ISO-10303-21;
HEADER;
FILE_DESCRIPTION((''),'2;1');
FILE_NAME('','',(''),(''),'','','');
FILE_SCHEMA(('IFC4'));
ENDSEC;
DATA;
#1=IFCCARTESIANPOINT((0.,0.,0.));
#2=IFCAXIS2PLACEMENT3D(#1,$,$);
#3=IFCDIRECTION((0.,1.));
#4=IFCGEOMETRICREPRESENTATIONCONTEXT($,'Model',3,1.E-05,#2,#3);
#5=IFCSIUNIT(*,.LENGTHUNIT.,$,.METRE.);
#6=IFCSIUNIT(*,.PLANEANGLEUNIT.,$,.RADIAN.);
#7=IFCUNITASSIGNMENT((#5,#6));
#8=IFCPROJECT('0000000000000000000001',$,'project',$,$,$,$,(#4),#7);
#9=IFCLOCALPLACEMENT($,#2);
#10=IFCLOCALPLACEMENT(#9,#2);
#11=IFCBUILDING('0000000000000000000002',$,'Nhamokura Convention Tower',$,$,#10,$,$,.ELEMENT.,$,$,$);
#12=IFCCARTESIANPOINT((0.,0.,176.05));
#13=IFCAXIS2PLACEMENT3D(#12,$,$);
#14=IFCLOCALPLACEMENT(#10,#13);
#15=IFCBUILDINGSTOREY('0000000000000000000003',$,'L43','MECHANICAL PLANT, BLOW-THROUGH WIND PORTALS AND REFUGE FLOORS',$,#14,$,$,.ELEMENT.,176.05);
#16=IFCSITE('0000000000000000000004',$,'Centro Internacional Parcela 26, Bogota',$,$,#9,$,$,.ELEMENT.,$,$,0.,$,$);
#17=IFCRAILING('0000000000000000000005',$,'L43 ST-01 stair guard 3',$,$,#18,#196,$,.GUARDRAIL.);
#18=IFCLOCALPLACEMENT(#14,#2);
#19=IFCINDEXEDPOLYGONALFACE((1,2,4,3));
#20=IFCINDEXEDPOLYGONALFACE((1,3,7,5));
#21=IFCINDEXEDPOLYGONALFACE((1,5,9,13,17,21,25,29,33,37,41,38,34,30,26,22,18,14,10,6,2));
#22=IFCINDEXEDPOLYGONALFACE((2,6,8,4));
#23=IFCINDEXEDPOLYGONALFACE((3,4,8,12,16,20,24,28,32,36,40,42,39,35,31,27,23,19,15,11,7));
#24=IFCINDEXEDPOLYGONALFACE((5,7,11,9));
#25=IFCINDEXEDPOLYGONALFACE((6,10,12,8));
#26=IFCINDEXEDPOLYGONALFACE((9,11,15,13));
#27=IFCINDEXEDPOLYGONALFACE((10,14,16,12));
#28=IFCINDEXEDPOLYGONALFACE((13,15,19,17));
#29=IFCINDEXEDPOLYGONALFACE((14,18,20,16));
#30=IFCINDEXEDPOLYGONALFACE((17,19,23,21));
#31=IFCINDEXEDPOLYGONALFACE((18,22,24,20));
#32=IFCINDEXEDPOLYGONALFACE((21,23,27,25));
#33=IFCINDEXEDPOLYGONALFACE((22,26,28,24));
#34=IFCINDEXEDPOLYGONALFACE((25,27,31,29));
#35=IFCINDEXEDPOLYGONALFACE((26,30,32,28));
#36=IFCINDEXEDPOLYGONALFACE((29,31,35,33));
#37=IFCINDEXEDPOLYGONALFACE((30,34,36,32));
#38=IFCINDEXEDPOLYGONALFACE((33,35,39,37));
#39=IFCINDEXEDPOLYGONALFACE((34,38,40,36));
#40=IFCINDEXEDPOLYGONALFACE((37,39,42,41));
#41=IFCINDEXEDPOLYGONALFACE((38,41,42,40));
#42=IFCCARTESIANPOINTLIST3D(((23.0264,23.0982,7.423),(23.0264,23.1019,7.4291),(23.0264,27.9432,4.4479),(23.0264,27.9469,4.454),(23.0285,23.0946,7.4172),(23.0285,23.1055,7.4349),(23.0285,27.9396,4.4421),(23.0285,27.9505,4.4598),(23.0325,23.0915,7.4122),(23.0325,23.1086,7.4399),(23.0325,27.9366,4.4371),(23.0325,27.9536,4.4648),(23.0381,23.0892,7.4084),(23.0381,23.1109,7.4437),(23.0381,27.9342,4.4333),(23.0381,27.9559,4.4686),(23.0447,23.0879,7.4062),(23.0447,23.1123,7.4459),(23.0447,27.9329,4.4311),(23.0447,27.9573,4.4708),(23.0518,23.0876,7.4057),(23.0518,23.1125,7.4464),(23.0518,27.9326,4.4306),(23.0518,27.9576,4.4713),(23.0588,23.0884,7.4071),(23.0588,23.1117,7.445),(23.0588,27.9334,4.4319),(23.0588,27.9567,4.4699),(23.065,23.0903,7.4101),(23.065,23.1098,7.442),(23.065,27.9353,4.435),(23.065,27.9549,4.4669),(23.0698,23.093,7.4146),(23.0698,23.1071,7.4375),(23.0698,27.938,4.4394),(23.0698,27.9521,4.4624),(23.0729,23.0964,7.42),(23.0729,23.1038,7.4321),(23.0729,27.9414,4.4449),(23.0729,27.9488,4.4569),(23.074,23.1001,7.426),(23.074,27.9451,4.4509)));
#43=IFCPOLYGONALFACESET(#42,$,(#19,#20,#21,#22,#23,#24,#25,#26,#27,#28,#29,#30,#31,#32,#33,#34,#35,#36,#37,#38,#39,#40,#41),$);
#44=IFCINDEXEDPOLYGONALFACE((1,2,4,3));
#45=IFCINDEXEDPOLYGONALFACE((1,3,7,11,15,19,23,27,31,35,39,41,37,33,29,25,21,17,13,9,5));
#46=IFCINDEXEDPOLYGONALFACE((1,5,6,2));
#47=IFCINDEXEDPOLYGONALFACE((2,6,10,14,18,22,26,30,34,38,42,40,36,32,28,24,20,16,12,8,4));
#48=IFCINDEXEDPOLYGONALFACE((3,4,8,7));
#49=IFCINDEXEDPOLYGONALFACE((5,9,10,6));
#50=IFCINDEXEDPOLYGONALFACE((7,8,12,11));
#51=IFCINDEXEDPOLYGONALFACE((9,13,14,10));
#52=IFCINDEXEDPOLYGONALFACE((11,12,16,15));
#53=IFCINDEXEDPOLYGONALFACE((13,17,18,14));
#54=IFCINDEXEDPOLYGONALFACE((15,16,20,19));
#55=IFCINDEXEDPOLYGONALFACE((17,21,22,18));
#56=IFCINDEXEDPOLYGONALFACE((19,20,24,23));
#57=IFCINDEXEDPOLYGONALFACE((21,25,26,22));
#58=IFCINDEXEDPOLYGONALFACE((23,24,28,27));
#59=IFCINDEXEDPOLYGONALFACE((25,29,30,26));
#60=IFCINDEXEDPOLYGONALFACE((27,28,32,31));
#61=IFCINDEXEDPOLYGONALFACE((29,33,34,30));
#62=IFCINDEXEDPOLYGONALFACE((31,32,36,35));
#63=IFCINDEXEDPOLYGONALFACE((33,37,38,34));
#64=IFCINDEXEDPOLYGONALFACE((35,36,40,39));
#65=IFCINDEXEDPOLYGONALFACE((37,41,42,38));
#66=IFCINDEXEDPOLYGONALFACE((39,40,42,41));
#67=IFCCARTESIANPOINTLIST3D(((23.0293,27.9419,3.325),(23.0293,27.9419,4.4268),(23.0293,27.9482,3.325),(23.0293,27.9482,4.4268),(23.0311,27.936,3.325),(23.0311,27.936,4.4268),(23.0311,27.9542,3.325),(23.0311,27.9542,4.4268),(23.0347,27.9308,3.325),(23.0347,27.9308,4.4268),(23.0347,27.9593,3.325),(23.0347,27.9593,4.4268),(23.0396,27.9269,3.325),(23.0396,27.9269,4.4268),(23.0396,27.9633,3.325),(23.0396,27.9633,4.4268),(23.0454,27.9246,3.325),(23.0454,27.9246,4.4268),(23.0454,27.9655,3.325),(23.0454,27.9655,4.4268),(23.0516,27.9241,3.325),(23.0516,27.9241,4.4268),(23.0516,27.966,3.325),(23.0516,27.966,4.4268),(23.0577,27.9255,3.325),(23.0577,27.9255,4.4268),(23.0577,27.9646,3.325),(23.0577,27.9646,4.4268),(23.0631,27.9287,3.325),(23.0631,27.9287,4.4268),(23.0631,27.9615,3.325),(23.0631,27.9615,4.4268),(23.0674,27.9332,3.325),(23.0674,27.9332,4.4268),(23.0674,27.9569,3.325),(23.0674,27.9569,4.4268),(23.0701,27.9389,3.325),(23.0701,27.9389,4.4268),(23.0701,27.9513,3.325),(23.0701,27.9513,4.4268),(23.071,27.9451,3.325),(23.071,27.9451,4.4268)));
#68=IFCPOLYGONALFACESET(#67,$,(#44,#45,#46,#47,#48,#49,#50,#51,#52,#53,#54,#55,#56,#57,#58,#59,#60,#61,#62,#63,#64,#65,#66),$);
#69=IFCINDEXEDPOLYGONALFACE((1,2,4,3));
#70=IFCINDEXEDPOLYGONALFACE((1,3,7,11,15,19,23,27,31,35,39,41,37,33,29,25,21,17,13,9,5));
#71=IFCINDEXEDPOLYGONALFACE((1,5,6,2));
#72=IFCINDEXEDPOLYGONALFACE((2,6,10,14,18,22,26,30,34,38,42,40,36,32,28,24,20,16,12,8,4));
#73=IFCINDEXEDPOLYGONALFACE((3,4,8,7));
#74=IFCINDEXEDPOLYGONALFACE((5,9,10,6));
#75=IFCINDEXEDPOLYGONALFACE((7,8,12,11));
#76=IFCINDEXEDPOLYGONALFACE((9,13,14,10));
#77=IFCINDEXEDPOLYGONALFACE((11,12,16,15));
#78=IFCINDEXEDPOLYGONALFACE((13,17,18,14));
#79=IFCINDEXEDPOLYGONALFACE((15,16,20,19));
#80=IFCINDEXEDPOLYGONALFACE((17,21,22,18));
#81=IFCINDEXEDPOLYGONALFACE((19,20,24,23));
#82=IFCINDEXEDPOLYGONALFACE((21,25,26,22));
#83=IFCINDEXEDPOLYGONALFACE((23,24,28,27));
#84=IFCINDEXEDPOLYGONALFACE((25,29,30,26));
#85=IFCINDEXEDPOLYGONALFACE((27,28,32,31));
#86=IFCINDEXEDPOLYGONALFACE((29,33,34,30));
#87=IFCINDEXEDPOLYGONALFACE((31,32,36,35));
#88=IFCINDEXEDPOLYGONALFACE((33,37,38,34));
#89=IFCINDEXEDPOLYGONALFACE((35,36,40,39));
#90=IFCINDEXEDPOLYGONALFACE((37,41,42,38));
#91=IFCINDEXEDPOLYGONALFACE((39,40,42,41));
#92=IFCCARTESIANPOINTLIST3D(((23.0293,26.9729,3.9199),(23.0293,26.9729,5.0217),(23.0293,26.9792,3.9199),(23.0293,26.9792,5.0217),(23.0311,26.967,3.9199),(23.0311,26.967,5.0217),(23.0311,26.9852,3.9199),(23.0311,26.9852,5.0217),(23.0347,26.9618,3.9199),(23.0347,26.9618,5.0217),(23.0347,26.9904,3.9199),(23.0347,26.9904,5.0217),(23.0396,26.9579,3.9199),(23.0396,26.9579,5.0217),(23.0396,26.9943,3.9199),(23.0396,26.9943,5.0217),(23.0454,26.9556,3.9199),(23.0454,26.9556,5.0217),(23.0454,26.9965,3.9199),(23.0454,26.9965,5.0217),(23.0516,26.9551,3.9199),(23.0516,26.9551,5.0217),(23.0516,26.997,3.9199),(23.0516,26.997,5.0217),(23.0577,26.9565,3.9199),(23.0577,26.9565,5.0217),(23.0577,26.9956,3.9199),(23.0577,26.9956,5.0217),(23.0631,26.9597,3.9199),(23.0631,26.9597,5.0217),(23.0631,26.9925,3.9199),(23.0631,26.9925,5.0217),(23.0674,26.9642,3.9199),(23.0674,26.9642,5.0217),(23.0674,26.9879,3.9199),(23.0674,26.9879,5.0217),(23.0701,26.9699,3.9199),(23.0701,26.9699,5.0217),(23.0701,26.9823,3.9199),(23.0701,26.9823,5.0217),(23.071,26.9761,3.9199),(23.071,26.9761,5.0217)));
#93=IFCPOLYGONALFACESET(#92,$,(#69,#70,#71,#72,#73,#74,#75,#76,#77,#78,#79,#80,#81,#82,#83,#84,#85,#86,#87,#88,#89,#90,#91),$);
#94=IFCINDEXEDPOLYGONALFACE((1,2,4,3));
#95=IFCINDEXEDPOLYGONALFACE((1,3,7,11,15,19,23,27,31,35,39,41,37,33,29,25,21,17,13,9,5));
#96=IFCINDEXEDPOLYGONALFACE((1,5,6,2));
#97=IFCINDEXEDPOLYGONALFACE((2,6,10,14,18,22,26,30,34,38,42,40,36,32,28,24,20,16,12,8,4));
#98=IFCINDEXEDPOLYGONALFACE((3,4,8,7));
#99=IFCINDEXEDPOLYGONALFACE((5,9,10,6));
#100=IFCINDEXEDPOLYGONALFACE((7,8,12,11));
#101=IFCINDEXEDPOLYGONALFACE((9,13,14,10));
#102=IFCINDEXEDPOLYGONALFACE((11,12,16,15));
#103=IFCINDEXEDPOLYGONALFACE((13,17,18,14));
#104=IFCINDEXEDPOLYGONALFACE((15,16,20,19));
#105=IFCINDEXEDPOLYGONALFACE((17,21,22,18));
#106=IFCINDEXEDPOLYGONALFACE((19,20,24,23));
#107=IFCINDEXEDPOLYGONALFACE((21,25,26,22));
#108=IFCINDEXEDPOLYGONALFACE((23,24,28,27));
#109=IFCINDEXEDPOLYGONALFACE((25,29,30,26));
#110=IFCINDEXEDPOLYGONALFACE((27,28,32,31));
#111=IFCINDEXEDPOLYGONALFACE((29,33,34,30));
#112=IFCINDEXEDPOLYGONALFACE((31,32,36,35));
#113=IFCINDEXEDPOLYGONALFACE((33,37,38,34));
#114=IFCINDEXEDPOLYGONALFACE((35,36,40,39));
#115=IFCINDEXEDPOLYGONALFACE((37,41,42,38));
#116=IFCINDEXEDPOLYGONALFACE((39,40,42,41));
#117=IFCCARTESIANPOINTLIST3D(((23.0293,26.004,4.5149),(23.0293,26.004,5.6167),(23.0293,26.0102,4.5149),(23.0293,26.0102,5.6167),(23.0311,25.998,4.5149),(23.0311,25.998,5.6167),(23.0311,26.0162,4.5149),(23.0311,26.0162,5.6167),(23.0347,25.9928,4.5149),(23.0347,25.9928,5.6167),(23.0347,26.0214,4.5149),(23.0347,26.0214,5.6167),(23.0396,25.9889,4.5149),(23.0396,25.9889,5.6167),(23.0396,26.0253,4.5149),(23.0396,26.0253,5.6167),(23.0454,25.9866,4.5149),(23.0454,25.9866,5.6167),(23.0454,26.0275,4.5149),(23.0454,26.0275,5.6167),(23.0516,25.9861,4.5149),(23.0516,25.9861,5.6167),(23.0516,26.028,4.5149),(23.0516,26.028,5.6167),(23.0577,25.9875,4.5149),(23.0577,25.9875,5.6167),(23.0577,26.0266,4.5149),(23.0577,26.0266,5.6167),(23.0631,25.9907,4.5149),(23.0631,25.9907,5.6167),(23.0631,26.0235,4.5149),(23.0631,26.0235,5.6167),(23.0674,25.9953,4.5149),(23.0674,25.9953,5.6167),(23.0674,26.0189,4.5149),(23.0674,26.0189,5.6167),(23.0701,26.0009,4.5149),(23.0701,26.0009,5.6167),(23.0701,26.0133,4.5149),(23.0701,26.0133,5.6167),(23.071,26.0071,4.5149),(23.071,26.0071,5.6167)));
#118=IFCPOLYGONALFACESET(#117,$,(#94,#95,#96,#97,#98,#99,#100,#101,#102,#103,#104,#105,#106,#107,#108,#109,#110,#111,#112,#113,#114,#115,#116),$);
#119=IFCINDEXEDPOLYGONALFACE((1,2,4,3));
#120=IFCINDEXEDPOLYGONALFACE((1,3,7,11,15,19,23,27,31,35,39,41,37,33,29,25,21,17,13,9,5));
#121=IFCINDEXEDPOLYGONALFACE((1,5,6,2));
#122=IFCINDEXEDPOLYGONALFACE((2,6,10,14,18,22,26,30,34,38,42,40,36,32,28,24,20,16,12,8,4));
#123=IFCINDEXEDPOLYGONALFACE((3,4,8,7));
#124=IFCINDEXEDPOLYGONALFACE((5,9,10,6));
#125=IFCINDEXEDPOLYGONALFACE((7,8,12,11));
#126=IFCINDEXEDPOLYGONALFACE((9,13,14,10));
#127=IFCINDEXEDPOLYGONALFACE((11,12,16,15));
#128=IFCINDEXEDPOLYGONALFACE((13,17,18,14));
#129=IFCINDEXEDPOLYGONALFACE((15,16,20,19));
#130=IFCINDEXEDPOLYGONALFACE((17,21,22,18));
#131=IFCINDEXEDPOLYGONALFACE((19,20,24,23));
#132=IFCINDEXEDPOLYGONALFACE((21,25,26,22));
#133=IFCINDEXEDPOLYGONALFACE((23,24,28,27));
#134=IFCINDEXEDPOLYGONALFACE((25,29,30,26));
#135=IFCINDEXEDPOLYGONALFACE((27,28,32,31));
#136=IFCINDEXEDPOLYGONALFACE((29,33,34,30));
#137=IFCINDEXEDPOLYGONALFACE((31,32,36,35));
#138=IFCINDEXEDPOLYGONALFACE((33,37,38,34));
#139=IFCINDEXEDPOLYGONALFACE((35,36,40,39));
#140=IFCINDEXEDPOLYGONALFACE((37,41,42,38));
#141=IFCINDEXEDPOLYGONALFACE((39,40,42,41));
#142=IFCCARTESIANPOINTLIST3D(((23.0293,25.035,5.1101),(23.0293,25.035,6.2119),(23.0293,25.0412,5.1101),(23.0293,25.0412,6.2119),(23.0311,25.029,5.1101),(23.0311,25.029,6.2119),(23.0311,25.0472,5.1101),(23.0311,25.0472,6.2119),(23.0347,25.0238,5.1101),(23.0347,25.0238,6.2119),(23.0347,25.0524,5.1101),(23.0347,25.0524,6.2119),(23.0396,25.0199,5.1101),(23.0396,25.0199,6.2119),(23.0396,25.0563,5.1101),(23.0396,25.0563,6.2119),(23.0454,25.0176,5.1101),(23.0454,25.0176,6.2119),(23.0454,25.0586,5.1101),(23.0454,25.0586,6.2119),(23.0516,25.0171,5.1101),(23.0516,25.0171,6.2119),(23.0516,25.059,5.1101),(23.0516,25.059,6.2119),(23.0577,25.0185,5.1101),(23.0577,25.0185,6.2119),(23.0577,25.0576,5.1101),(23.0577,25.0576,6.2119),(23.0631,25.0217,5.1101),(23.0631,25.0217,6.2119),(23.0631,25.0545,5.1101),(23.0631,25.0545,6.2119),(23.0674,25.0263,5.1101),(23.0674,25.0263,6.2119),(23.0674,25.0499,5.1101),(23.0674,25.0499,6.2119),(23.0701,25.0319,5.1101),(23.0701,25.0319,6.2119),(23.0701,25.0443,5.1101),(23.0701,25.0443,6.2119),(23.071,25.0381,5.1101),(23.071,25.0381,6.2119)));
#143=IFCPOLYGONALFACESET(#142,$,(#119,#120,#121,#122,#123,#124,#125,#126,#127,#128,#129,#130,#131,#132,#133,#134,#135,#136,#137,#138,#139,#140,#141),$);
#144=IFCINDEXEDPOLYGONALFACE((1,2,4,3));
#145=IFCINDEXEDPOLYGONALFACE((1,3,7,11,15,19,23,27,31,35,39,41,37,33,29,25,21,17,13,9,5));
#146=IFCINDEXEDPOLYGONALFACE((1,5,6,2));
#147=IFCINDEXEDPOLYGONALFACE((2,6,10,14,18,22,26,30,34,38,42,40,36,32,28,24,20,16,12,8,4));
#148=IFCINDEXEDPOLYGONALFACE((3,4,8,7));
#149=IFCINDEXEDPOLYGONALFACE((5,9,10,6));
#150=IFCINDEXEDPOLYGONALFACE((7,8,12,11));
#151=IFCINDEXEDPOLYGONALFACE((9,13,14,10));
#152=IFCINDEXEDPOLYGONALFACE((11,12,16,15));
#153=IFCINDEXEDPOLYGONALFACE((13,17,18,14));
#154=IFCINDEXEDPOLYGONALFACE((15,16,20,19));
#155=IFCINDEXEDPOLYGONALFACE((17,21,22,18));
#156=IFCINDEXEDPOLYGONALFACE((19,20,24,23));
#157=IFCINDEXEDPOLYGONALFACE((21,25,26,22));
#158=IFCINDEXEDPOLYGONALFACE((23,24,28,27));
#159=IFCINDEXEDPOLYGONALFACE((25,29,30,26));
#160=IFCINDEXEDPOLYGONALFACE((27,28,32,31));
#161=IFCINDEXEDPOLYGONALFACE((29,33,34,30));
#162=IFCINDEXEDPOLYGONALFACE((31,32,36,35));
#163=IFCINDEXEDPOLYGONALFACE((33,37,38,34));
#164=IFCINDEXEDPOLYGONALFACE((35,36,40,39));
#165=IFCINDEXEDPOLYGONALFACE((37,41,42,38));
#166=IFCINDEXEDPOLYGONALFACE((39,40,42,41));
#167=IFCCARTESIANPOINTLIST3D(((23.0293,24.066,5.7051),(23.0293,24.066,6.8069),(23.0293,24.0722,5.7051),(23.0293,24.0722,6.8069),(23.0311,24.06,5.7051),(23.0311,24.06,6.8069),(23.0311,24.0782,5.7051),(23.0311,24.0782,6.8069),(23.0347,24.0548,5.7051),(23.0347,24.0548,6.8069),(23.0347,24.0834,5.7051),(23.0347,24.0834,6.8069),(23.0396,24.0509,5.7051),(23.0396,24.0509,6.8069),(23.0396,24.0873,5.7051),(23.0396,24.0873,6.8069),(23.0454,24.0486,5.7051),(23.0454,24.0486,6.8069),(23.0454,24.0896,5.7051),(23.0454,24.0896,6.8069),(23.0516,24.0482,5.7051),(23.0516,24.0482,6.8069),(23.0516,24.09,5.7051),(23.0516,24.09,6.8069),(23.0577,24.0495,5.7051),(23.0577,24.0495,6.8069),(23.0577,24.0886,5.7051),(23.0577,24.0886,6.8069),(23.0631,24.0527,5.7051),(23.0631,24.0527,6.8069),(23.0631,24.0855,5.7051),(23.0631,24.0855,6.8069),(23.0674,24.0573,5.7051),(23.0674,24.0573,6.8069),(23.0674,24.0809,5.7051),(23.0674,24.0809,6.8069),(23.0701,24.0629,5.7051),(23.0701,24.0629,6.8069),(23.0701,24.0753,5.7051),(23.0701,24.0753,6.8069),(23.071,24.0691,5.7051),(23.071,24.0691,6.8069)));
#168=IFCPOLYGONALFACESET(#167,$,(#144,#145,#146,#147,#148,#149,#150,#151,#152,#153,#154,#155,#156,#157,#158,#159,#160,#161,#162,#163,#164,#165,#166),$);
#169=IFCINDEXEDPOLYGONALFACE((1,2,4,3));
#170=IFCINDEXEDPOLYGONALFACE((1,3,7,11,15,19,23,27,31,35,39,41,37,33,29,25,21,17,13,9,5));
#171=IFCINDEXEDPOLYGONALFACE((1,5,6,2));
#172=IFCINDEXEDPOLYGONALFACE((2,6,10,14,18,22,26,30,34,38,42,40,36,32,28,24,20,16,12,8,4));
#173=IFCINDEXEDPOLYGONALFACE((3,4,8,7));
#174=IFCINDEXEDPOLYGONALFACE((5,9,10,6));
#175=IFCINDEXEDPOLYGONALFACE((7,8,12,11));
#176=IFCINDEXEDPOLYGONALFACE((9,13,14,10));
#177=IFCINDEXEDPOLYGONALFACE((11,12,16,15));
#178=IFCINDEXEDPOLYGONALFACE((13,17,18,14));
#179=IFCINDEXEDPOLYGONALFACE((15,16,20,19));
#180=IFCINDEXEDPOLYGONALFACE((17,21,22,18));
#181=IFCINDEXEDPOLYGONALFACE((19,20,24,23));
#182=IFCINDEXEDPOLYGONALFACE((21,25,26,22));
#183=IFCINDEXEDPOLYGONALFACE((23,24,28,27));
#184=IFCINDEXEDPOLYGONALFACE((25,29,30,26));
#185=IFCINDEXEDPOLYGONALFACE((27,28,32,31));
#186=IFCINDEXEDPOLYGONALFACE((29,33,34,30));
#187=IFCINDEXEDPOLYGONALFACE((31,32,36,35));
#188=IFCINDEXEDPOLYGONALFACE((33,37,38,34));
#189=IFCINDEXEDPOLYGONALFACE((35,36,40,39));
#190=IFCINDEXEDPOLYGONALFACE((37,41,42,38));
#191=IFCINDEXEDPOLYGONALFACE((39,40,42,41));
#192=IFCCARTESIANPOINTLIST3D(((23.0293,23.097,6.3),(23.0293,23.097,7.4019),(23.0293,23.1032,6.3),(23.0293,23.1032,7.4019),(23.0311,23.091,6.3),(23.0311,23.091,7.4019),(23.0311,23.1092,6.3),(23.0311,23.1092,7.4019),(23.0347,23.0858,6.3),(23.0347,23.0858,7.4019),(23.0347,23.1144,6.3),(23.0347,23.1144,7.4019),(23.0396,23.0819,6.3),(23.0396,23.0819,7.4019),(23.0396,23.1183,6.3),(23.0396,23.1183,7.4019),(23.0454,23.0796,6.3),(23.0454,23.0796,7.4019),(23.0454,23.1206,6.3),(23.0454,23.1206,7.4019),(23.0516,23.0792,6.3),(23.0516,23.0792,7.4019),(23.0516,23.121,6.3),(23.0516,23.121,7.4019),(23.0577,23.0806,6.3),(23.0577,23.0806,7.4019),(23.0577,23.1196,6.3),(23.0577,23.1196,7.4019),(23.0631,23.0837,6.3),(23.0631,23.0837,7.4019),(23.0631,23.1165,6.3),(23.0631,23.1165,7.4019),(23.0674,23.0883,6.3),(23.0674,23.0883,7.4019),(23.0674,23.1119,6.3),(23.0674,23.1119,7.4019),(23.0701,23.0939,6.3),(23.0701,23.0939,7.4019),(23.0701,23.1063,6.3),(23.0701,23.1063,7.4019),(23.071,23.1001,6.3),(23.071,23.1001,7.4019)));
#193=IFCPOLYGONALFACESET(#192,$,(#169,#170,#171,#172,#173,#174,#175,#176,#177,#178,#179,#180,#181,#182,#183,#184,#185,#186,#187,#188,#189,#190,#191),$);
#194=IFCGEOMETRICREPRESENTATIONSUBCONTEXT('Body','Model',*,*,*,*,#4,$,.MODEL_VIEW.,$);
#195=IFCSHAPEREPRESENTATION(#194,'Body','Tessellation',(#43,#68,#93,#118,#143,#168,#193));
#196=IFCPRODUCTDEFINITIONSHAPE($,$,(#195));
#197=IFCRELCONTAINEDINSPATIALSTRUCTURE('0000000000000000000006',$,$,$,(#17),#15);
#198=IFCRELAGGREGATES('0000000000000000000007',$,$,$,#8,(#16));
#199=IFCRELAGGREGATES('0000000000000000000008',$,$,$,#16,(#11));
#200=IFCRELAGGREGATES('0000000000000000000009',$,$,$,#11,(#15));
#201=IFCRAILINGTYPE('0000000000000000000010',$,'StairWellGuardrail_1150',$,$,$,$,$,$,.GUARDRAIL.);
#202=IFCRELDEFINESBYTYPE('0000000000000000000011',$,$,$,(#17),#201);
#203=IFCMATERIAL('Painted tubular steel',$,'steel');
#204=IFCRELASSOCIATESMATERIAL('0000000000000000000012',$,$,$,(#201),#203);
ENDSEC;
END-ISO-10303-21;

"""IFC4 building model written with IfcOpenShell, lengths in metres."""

from ifc_helpers import new_model, si_unit, direction, frame, origin, origin_2d, place, context, subcontext, project, spatial, circle, extrude, material, type_object, element, save


model = new_model("IFC4")

# Units and contexts
model_context = context("Model", 3, precision=1e-05, world=origin(), true_north=direction((0.0, 1.0)))
body_context = subcontext(model_context, "Body", "Model", "MODEL_VIEW")
ifc_project = project(units=[si_unit("LENGTHUNIT", "METRE"), si_unit("PLANEANGLEUNIT", "RADIAN")], contexts=[model_context])

# Site, building, storey
site_placement = place(None, origin())
site = spatial("IfcSite", under=ifc_project, at=site_placement, Name="Centro Internacional Parcela 26, Bogota", CompositionType="ELEMENT", RefElevation=0.0)
building_placement = place(site_placement, origin())
building = spatial("IfcBuilding", under=site, at=building_placement, Name="Nhamokura Convention Tower", CompositionType="ELEMENT")
storey_placement = place(building_placement, frame((0.0, 0.0, 176.05)))
storey = spatial("IfcBuildingStorey", under=building, at=storey_placement, Name="L43", Description="MECHANICAL PLANT, BLOW-THROUGH WIND PORTALS AND REFUGE FLOORS", CompositionType="ELEMENT", Elevation=176.05)

# Railing
ifc_material_1 = material(Name="Painted tubular steel", Category="steel")
railing_type_1 = type_object("IfcRailingType", Name="StairWellGuardrail_1150", PredefinedType="GUARDRAIL", material=ifc_material_1)
railing_1_placement = place(storey_placement, frame((23.05, 27.9451, 3.325)))
element("IfcRailing", 1, at=railing_1_placement, inside=storey, type_object=railing_type_1, Name="L43 ST-01 stair guard 3", PredefinedType="GUARDRAIL", context=body_context, shape_type="SweptSolid", body=[
    extrude(circle(Radius=0.0239, at=origin_2d()), frame((0.0, 0.0, 1.126), z_axis=(0.0, -0.852162, 0.523278), x_axis=(1.0, 0.0, 0.0)), (0.0, 0.0, 1.0), 5.6855),
    extrude(circle(Radius=0.021, at=origin_2d()), origin(), (0.0, 0.0, 1.0), 1.1018),
    extrude(circle(Radius=0.021, at=origin_2d()), frame((0.0, -0.969, 0.595)), (0.0, 0.0, 1.0), 1.1018),
    extrude(circle(Radius=0.021, at=origin_2d()), frame((0.0, -1.938, 1.1899)), (0.0, 0.0, 1.0), 1.1018),
    extrude(circle(Radius=0.021, at=origin_2d()), frame((0.0, -2.907, 1.7852)), (0.0, 0.0, 1.0), 1.1018),
    extrude(circle(Radius=0.021, at=origin_2d()), frame((0.0, -3.876, 2.3801)), (0.0, 0.0, 1.0), 1.1018),
    extrude(circle(Radius=0.021, at=origin_2d()), frame((0.0, -4.845, 2.9751)), (0.0, 0.0, 1.0), 1.1018),
])

save(model, "model.ifc")
